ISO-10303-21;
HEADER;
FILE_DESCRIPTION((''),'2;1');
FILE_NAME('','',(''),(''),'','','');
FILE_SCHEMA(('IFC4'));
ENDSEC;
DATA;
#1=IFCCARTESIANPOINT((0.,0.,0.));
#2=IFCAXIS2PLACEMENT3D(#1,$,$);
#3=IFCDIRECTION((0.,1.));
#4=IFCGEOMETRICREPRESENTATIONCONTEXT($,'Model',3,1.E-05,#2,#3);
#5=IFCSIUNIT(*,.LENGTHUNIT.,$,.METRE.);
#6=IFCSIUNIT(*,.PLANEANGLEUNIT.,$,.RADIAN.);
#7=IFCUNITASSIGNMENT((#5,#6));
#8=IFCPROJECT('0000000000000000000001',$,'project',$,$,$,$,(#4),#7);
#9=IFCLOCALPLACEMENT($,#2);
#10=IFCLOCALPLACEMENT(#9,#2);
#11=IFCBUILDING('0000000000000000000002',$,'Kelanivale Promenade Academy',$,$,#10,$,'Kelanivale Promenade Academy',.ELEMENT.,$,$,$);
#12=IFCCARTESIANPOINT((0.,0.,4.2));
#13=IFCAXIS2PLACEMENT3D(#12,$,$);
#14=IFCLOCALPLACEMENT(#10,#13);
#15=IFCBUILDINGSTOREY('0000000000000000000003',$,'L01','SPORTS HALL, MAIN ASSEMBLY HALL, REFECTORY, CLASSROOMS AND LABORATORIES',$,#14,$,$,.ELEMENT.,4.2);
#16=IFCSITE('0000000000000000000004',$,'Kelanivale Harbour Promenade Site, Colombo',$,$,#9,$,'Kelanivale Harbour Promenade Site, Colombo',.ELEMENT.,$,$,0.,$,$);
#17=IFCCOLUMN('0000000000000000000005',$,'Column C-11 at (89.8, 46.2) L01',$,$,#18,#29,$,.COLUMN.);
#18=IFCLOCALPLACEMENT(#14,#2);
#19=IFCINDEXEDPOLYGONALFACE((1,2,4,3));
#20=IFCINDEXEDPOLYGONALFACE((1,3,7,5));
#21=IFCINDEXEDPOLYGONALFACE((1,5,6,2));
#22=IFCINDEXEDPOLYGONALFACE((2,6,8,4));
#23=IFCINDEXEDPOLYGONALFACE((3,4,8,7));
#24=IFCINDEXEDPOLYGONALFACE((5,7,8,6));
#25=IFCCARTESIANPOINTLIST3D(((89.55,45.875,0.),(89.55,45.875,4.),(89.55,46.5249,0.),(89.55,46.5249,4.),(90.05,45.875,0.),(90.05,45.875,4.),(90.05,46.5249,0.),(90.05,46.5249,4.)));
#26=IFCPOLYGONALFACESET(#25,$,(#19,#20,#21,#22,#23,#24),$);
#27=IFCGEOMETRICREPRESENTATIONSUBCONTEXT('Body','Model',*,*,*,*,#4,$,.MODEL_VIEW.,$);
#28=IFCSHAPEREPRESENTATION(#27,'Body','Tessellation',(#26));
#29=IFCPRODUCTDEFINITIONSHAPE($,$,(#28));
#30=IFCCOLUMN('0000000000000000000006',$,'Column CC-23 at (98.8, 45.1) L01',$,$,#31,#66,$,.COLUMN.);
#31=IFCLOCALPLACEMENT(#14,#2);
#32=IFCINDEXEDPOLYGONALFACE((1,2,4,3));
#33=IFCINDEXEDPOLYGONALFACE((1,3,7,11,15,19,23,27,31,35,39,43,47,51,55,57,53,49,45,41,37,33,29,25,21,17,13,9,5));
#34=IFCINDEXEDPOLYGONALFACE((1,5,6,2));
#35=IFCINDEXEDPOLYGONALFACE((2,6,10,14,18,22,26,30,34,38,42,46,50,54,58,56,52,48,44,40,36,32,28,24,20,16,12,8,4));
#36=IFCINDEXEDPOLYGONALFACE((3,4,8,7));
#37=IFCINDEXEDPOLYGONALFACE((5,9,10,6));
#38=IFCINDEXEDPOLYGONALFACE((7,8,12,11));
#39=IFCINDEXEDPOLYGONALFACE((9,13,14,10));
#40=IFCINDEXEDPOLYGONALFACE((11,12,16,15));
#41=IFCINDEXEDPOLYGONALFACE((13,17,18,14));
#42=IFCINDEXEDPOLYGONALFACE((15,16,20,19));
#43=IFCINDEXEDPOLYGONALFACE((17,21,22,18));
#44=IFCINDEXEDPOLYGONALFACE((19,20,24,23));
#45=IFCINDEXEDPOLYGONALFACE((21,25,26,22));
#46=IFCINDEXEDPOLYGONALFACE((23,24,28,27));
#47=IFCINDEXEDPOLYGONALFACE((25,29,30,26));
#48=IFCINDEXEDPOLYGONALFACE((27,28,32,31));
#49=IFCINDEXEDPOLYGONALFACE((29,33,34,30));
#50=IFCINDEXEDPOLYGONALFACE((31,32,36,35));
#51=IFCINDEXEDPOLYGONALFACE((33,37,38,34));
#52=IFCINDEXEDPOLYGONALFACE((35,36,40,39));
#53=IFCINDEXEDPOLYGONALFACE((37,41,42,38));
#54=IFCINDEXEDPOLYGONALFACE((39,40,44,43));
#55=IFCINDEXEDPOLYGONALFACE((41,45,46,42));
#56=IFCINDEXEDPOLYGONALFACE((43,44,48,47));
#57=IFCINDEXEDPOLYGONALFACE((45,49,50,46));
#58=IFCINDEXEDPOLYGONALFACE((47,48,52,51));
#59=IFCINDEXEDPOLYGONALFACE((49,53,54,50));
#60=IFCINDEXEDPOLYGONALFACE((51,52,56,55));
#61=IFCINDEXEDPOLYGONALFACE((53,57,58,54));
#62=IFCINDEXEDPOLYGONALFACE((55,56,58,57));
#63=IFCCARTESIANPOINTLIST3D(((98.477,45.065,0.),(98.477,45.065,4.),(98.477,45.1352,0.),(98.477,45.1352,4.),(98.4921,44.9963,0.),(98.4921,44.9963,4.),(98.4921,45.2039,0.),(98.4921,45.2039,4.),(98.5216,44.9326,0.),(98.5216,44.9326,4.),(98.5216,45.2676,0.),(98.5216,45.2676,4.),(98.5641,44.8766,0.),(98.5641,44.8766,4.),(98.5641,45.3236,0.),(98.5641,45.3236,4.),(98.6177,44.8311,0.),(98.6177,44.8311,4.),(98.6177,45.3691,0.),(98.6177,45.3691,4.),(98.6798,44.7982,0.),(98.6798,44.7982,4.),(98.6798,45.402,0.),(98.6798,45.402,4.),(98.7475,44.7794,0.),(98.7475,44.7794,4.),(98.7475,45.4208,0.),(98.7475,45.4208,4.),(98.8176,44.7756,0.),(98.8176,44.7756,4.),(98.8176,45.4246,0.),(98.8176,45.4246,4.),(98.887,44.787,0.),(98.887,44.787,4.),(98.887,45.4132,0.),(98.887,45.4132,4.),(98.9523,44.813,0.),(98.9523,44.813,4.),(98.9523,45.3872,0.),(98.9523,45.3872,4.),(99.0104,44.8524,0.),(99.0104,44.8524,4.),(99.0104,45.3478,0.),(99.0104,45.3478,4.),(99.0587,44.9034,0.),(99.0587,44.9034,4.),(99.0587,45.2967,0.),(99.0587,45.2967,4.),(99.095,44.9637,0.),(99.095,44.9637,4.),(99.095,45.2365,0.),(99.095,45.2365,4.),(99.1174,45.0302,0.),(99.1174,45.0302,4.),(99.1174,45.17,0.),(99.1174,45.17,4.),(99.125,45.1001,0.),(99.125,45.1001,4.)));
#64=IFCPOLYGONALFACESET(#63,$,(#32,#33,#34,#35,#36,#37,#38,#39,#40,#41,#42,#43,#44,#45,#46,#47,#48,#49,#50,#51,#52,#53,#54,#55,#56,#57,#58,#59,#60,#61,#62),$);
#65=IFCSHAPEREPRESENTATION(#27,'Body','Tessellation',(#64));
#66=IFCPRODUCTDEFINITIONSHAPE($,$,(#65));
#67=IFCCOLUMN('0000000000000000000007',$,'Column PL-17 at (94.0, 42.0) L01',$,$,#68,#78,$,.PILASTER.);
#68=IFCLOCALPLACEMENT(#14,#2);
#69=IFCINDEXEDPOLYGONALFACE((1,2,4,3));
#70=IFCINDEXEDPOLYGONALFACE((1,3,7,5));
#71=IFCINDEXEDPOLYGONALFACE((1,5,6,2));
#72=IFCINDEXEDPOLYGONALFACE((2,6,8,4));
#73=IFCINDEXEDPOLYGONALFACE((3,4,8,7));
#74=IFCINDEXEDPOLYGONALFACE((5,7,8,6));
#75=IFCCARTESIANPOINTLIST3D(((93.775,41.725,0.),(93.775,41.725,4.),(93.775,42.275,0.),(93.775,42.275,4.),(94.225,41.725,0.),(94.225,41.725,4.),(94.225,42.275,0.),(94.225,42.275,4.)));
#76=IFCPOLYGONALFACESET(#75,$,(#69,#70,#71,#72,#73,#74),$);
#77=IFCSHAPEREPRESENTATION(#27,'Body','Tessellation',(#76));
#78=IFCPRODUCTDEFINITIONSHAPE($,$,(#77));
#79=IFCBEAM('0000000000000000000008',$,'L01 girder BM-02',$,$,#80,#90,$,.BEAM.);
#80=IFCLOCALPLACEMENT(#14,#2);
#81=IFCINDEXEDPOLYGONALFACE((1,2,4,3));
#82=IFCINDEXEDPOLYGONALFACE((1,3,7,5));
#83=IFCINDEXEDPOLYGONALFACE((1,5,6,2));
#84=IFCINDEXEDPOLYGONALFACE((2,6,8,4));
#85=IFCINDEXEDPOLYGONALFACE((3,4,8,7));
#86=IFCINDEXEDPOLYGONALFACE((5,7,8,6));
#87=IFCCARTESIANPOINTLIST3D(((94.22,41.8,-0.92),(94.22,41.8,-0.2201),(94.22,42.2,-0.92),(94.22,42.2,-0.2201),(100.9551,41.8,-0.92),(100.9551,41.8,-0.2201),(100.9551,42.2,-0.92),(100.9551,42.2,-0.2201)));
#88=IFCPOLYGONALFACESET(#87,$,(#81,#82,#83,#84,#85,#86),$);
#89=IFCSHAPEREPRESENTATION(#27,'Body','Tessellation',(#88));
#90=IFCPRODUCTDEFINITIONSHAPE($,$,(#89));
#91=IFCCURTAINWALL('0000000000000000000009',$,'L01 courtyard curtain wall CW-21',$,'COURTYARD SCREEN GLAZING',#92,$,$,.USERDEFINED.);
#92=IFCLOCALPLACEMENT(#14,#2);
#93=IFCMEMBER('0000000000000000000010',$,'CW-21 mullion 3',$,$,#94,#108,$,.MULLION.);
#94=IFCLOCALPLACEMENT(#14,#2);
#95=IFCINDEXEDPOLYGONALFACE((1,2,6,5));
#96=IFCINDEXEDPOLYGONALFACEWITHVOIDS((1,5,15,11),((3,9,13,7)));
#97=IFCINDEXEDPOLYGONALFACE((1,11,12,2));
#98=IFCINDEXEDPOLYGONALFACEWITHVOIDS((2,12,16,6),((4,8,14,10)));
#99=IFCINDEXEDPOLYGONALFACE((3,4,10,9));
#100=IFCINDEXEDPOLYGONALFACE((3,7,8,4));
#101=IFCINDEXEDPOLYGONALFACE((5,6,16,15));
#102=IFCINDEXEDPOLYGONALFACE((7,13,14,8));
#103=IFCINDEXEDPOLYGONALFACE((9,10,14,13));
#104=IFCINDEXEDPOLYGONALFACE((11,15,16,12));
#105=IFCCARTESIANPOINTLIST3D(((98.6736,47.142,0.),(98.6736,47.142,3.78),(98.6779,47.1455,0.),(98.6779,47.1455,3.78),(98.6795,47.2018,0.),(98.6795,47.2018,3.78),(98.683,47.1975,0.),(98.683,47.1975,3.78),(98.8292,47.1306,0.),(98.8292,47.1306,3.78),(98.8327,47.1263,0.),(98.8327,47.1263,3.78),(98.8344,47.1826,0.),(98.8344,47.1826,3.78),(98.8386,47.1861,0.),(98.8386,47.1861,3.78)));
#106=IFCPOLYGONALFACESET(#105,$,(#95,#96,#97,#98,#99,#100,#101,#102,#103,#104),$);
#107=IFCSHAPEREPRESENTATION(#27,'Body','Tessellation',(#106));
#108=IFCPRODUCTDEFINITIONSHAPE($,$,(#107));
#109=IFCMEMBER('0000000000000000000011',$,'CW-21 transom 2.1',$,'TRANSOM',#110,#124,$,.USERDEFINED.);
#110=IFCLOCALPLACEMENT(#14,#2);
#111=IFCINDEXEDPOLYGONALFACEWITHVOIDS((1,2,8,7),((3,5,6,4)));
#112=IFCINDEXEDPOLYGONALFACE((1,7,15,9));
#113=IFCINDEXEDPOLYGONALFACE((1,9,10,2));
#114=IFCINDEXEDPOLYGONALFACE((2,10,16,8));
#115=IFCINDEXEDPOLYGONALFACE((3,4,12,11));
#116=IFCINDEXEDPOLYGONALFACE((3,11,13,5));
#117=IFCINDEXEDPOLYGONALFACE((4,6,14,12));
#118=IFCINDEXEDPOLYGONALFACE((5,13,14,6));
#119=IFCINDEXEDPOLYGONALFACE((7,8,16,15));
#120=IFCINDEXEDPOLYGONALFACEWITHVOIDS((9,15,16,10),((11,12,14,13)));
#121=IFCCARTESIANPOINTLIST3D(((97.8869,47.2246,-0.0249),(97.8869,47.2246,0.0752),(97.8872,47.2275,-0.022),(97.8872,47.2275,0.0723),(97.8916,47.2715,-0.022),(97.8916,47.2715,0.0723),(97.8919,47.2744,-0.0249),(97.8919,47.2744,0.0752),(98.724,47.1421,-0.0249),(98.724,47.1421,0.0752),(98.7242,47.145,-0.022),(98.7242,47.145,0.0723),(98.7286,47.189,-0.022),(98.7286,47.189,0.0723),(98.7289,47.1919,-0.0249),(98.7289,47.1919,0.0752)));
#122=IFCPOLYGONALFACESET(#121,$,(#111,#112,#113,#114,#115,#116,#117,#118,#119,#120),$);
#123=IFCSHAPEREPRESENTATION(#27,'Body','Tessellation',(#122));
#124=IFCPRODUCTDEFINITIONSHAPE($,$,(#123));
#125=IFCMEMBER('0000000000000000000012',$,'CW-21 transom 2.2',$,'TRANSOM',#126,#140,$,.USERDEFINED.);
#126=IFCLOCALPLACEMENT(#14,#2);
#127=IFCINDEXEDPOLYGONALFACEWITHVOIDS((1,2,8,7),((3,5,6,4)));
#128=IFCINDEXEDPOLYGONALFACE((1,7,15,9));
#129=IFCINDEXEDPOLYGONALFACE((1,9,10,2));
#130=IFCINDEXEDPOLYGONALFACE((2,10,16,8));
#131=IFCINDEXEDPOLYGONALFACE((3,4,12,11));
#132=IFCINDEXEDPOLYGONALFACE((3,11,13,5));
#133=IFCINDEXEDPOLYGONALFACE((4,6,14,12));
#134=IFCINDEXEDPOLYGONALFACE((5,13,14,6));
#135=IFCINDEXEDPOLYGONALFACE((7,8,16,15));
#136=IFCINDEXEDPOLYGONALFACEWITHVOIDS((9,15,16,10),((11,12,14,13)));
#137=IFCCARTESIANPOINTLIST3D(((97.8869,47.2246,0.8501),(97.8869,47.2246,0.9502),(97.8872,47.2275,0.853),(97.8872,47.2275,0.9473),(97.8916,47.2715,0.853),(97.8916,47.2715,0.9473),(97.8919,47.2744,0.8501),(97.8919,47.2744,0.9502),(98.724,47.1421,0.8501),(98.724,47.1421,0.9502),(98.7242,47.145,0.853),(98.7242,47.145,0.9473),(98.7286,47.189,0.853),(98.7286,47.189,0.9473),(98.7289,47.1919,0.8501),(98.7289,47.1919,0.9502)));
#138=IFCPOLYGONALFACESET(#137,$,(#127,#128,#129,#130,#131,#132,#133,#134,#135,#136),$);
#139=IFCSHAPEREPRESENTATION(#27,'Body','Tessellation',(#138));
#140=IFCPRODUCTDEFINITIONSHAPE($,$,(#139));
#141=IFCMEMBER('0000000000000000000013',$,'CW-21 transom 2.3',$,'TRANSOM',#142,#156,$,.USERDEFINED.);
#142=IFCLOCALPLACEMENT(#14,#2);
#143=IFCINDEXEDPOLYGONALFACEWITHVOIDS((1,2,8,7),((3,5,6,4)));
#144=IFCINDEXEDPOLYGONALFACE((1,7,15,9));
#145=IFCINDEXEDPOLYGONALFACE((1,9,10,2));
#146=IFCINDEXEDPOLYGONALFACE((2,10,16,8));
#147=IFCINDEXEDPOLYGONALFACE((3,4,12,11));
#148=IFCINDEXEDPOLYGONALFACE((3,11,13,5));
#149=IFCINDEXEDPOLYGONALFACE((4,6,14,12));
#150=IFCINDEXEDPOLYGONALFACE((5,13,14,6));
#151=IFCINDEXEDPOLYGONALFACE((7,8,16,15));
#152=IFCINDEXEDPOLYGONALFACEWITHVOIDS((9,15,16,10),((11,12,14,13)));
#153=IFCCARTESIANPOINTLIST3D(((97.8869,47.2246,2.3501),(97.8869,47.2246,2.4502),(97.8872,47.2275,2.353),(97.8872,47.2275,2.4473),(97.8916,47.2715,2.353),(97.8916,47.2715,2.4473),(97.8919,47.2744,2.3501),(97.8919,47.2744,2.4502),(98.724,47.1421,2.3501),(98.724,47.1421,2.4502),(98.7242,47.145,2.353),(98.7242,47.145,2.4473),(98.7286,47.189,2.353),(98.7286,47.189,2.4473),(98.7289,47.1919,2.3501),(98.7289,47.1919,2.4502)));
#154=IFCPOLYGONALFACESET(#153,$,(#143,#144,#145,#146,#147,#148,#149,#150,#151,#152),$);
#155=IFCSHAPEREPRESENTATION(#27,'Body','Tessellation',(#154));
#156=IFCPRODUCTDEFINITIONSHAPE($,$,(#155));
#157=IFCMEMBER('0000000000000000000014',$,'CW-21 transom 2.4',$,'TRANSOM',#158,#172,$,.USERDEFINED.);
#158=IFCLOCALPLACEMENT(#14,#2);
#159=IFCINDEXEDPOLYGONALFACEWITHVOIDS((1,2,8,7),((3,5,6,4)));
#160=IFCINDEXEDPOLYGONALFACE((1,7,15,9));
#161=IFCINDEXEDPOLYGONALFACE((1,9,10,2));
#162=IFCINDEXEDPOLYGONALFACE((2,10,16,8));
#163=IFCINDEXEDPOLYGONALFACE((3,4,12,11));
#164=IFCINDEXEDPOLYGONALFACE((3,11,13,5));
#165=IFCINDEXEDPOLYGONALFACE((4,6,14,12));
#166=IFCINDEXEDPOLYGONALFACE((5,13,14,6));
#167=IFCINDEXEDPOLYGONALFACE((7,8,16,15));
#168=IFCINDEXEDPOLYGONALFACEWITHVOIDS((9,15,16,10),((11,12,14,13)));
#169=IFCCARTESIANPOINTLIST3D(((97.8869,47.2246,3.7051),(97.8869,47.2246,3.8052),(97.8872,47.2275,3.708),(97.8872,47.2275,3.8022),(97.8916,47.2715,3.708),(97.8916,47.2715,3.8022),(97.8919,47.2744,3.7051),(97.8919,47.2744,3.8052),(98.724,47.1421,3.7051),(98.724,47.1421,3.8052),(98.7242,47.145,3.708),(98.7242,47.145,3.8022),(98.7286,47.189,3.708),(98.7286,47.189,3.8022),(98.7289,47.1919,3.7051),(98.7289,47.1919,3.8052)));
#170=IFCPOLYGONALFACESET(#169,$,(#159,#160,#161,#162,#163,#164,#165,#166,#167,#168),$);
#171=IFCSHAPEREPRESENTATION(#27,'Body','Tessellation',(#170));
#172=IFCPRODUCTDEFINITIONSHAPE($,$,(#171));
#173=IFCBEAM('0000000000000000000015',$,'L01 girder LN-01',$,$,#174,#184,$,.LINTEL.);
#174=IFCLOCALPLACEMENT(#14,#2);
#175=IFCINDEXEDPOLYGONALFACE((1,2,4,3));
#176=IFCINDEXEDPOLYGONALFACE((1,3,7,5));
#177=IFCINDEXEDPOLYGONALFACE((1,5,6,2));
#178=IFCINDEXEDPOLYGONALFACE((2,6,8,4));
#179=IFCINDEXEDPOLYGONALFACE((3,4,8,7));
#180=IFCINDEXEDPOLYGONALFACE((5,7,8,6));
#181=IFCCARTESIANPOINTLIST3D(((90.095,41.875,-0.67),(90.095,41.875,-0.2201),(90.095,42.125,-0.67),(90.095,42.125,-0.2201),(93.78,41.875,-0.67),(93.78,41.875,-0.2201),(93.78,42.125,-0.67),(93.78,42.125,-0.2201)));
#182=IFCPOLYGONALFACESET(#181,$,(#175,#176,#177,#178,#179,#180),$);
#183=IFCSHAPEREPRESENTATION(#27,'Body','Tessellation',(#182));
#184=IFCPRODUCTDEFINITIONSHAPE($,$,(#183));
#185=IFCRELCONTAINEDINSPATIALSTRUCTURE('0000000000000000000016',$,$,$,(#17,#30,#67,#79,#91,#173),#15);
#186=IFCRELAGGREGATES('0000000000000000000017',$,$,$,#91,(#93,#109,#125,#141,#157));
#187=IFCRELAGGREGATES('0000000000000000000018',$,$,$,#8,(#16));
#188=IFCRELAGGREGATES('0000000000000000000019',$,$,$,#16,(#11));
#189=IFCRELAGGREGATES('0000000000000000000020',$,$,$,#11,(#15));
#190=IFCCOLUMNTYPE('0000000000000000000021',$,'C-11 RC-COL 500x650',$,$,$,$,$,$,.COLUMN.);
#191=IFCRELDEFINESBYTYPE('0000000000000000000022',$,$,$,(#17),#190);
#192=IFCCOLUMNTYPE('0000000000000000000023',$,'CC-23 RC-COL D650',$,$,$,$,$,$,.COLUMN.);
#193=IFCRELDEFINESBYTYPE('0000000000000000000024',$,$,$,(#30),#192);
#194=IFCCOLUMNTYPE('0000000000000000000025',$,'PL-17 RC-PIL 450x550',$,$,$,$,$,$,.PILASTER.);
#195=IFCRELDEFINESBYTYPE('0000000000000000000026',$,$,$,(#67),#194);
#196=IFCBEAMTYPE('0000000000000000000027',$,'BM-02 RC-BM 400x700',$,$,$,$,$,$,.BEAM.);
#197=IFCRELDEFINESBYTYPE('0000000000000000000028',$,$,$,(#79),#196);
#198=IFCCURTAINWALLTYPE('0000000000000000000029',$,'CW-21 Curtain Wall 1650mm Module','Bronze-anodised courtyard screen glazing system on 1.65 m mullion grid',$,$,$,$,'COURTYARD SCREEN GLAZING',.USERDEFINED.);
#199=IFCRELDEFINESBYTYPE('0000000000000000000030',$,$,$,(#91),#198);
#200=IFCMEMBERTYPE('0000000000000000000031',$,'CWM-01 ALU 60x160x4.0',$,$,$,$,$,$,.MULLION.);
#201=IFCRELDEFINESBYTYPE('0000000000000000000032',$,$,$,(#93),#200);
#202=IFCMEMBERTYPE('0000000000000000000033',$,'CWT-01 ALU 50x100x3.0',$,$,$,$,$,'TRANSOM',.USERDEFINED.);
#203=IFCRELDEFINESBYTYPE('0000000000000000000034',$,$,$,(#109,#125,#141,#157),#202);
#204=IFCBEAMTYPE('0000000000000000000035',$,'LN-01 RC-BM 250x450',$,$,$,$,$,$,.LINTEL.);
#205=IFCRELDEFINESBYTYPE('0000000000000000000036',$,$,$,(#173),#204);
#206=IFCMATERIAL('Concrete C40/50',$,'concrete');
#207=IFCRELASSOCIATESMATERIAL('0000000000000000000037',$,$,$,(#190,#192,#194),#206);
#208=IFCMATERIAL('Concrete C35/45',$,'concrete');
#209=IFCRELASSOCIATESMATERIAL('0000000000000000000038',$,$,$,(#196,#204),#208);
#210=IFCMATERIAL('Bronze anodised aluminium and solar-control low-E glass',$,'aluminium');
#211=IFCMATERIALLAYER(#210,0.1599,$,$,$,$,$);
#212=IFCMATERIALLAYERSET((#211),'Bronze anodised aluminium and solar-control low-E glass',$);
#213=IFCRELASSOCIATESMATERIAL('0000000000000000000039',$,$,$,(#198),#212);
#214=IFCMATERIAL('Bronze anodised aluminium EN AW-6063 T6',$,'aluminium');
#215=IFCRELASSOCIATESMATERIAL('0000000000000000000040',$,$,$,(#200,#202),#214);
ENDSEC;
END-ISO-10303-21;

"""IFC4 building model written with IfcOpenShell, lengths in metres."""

from ifc_helpers import new_model, si_unit, direction, frame, origin, origin_2d, place, context, subcontext, project, spatial, rectangle, hollow_rectangle, circle, extrude, material, layer, layer_set, material_profile, profile_set, type_object, element, aggregate, save


model = new_model("IFC4")

# Units and contexts
model_context = context("Model", 3, precision=1e-05, world=origin(), true_north=direction((0.0, 1.0)))
body_context = subcontext(model_context, "Body", "Model", "MODEL_VIEW")
ifc_project = project(units=[si_unit("LENGTHUNIT", "METRE"), si_unit("PLANEANGLEUNIT", "RADIAN")], contexts=[model_context])

# Site, building, storey
site_placement = place(None, origin())
site = spatial("IfcSite", under=ifc_project, at=site_placement, Name="Kelanivale Harbour Promenade Site, Colombo", LongName="Kelanivale Harbour Promenade Site, Colombo", CompositionType="ELEMENT", RefElevation=0.0)
building_placement = place(site_placement, origin())
building = spatial("IfcBuilding", under=site, at=building_placement, Name="Kelanivale Promenade Academy", LongName="Kelanivale Promenade Academy", CompositionType="ELEMENT")
storey_placement = place(building_placement, frame((0.0, 0.0, 4.2)))
storey = spatial("IfcBuildingStorey", under=building, at=storey_placement, Name="L01", Description="SPORTS HALL, MAIN ASSEMBLY HALL, REFECTORY, CLASSROOMS AND LABORATORIES", CompositionType="ELEMENT", Elevation=4.2)

# Columns
ifc_material_1 = material(Name="Concrete C40/50", Category="concrete")
ifc_material_profile_1 = material_profile(ifc_material_1, rectangle(XDim=0.5, YDim=0.6499, at=origin_2d()), Name="RC-COL 500x650")
ifc_profile_set_1 = profile_set([ifc_material_profile_1], Name="Concrete C40/50")
column_type_1 = type_object("IfcColumnType", Name="C-11 RC-COL 500x650", PredefinedType="COLUMN", material=ifc_profile_set_1)
column_1_placement = place(storey_placement, frame((89.8, 46.2, 0.0), z_axis=(0.0, 0.0, 1.0), x_axis=(1.0, 0.0, 0.0)))
element("IfcColumn", 1, at=column_1_placement, inside=storey, type_object=column_type_1, Name="Column C-11 at (89.8, 46.2) L01", PredefinedType="COLUMN", context=body_context, shape_type="SweptSolid", body=[
    extrude(rectangle(XDim=0.5, YDim=0.6499, at=origin_2d()), origin(), (0.0, 0.0, 1.0), 4.0),
])
ifc_material_profile_2 = material_profile(ifc_material_1, circle(Radius=0.325, at=origin_2d()), Name="RC-COL D650")
ifc_profile_set_2 = profile_set([ifc_material_profile_2], Name="Concrete C40/50")
column_type_2 = type_object("IfcColumnType", Name="CC-23 RC-COL D650", PredefinedType="COLUMN", material=ifc_profile_set_2)
column_2_placement = place(storey_placement, frame((98.8, 45.1001, 0.0), z_axis=(0.0, 0.0, 1.0), x_axis=(1.0, 0.0, 0.0)))
element("IfcColumn", 2, at=column_2_placement, inside=storey, type_object=column_type_2, Name="Column CC-23 at (98.8, 45.1) L01", PredefinedType="COLUMN", context=body_context, shape_type="SweptSolid", body=[
    extrude(circle(Radius=0.325, at=origin_2d()), origin(), (0.0, 0.0, 1.0), 4.0),
])
ifc_material_profile_3 = material_profile(ifc_material_1, rectangle(XDim=0.45, YDim=0.55, at=origin_2d()), Name="RC-PIL 450x550")
ifc_profile_set_3 = profile_set([ifc_material_profile_3], Name="Concrete C40/50")
column_type_3 = type_object("IfcColumnType", Name="PL-17 RC-PIL 450x550", PredefinedType="PILASTER", material=ifc_profile_set_3)
column_3_placement = place(storey_placement, frame((94.0, 42.0, 0.0), z_axis=(0.0, 0.0, 1.0), x_axis=(1.0, 0.0, 0.0)))
element("IfcColumn", 3, at=column_3_placement, inside=storey, type_object=column_type_3, Name="Column PL-17 at (94.0, 42.0) L01", PredefinedType="PILASTER", context=body_context, shape_type="SweptSolid", body=[
    extrude(rectangle(XDim=0.45, YDim=0.55, at=origin_2d()), origin(), (0.0, 0.0, 1.0), 4.0),
])

# Beam
ifc_material_2 = material(Name="Concrete C35/45", Category="concrete")
ifc_material_profile_4 = material_profile(ifc_material_2, rectangle(XDim=0.3999, YDim=0.7, at=origin_2d()), Name="RC-BM 400x700")
ifc_profile_set_4 = profile_set([ifc_material_profile_4], Name="Concrete C35/45")
beam_type_1 = type_object("IfcBeamType", Name="BM-02 RC-BM 400x700", PredefinedType="BEAM", material=ifc_profile_set_4)
beam_1_placement = place(storey_placement, frame((94.22, 42.0, -0.5701), z_axis=(1.0, 0.0, 0.0), x_axis=(0.0, 1.0, 0.0)))
element("IfcBeam", 4, at=beam_1_placement, inside=storey, type_object=beam_type_1, Name="L01 girder BM-02", PredefinedType="BEAM", context=body_context, shape_type="SweptSolid", body=[
    extrude(rectangle(XDim=0.3999, YDim=0.7, at=origin_2d()), origin(), (0.0, 0.0, 1.0), 6.7351),
])

# Curtain wall, members
ifc_material_3 = material(Name="Bronze anodised aluminium and solar-control low-E glass", Category="aluminium")
ifc_layer_1 = layer(ifc_material_3, 0.1599)
ifc_layer_set_1 = layer_set([ifc_layer_1], Name="Bronze anodised aluminium and solar-control low-E glass")
curtain_wall_type = type_object("IfcCurtainWallType", Name="CW-21 Curtain Wall 1650mm Module", Description="Bronze-anodised courtyard screen glazing system on 1.65 m mullion grid", ElementType="COURTYARD SCREEN GLAZING", PredefinedType="USERDEFINED", material=ifc_layer_set_1)
curtain_wall_placement = place(storey_placement, origin())
curtain_wall = element("IfcCurtainWall", 5, at=curtain_wall_placement, inside=storey, type_object=curtain_wall_type, Name="L01 courtyard curtain wall CW-21", ObjectType="COURTYARD SCREEN GLAZING", PredefinedType="USERDEFINED")
ifc_material_4 = material(Name="Bronze anodised aluminium EN AW-6063 T6", Category="aluminium")
ifc_material_profile_5 = material_profile(ifc_material_4, hollow_rectangle(XDim=0.0601, YDim=0.1599, WallThickness=0.0039, at=origin_2d()), Name="ALU 60x160x4.0")
ifc_profile_set_5 = profile_set([ifc_material_profile_5], Name="Bronze anodised aluminium EN AW-6063 T6")
member_type_1 = type_object("IfcMemberType", Name="CWM-01 ALU 60x160x4.0", PredefinedType="MULLION", material=ifc_profile_set_5)
member_1_placement = place(storey_placement, frame((98.7561, 47.1641, 0.0), z_axis=(0.0, 0.0, 1.0), x_axis=(0.098281, 0.995159, 0.0)))
member_1 = element("IfcMember", 6, at=member_1_placement, type_object=member_type_1, Name="CW-21 mullion 3", PredefinedType="MULLION", context=body_context, shape_type="SweptSolid", body=[
    extrude(hollow_rectangle(XDim=0.0601, YDim=0.1599, WallThickness=0.0039, at=origin_2d()), origin(), (0.0, 0.0, 1.0), 3.78),
])
ifc_material_profile_6 = material_profile(ifc_material_4, hollow_rectangle(XDim=0.05, YDim=0.1001, WallThickness=0.0029, at=origin_2d()), Name="ALU 50x100x3.0")
ifc_profile_set_6 = profile_set([ifc_material_profile_6], Name="Bronze anodised aluminium EN AW-6063 T6")
member_type_2 = type_object("IfcMemberType", Name="CWT-01 ALU 50x100x3.0", ElementType="TRANSOM", PredefinedType="USERDEFINED", material=ifc_profile_set_6)
member_2_placement = place(storey_placement, frame((97.8894, 47.2495, 0.0251), z_axis=(0.995174, -0.098124, 0.0), x_axis=(0.098124, 0.995174, 0.0)))
member_2 = element("IfcMember", 7, at=member_2_placement, type_object=member_type_2, Name="CW-21 transom 2.1", ObjectType="TRANSOM", PredefinedType="USERDEFINED", context=body_context, shape_type="SweptSolid", body=[
    extrude(hollow_rectangle(XDim=0.05, YDim=0.1001, WallThickness=0.0029, at=origin_2d()), origin(), (0.0, 0.0, 1.0), 0.8411),
])
member_3_placement = place(storey_placement, frame((97.8894, 47.2495, 0.9001), z_axis=(0.995174, -0.098124, 0.0), x_axis=(0.098124, 0.995174, 0.0)))
member_3 = element("IfcMember", 8, at=member_3_placement, type_object=member_type_2, Name="CW-21 transom 2.2", ObjectType="TRANSOM", PredefinedType="USERDEFINED", context=body_context, shape_type="SweptSolid", body=[
    extrude(hollow_rectangle(XDim=0.05, YDim=0.1001, WallThickness=0.0029, at=origin_2d()), origin(), (0.0, 0.0, 1.0), 0.8411),
])
member_4_placement = place(storey_placement, frame((97.8894, 47.2495, 2.4001), z_axis=(0.995174, -0.098124, 0.0), x_axis=(0.098124, 0.995174, 0.0)))
member_4 = element("IfcMember", 9, at=member_4_placement, type_object=member_type_2, Name="CW-21 transom 2.3", ObjectType="TRANSOM", PredefinedType="USERDEFINED", context=body_context, shape_type="SweptSolid", body=[
    extrude(hollow_rectangle(XDim=0.05, YDim=0.1001, WallThickness=0.0029, at=origin_2d()), origin(), (0.0, 0.0, 1.0), 0.8411),
])
member_5_placement = place(storey_placement, frame((97.8894, 47.2495, 3.7551), z_axis=(0.995174, -0.098124, 0.0), x_axis=(0.098124, 0.995174, 0.0)))
member_5 = element("IfcMember", 10, at=member_5_placement, type_object=member_type_2, Name="CW-21 transom 2.4", ObjectType="TRANSOM", PredefinedType="USERDEFINED", context=body_context, shape_type="SweptSolid", body=[
    extrude(hollow_rectangle(XDim=0.05, YDim=0.1001, WallThickness=0.0029, at=origin_2d()), origin(), (0.0, 0.0, 1.0), 0.8411),
])

# Beam
ifc_material_profile_7 = material_profile(ifc_material_2, rectangle(XDim=0.25, YDim=0.45, at=origin_2d()), Name="RC-BM 250x450")
ifc_profile_set_7 = profile_set([ifc_material_profile_7], Name="Concrete C35/45")
beam_type_2 = type_object("IfcBeamType", Name="LN-01 RC-BM 250x450", PredefinedType="LINTEL", material=ifc_profile_set_7)
beam_2_placement = place(storey_placement, frame((90.095, 42.0, -0.4451), z_axis=(1.0, 0.0, 0.0), x_axis=(0.0, 1.0, 0.0)))
element("IfcBeam", 11, at=beam_2_placement, inside=storey, type_object=beam_type_2, Name="L01 girder LN-01", PredefinedType="LINTEL", context=body_context, shape_type="SweptSolid", body=[
    extrude(rectangle(XDim=0.25, YDim=0.45, at=origin_2d()), origin(), (0.0, 0.0, 1.0), 3.6851),
])

aggregate(curtain_wall, [member_1, member_2, member_3, member_4, member_5])

save(model, "model.ifc")
